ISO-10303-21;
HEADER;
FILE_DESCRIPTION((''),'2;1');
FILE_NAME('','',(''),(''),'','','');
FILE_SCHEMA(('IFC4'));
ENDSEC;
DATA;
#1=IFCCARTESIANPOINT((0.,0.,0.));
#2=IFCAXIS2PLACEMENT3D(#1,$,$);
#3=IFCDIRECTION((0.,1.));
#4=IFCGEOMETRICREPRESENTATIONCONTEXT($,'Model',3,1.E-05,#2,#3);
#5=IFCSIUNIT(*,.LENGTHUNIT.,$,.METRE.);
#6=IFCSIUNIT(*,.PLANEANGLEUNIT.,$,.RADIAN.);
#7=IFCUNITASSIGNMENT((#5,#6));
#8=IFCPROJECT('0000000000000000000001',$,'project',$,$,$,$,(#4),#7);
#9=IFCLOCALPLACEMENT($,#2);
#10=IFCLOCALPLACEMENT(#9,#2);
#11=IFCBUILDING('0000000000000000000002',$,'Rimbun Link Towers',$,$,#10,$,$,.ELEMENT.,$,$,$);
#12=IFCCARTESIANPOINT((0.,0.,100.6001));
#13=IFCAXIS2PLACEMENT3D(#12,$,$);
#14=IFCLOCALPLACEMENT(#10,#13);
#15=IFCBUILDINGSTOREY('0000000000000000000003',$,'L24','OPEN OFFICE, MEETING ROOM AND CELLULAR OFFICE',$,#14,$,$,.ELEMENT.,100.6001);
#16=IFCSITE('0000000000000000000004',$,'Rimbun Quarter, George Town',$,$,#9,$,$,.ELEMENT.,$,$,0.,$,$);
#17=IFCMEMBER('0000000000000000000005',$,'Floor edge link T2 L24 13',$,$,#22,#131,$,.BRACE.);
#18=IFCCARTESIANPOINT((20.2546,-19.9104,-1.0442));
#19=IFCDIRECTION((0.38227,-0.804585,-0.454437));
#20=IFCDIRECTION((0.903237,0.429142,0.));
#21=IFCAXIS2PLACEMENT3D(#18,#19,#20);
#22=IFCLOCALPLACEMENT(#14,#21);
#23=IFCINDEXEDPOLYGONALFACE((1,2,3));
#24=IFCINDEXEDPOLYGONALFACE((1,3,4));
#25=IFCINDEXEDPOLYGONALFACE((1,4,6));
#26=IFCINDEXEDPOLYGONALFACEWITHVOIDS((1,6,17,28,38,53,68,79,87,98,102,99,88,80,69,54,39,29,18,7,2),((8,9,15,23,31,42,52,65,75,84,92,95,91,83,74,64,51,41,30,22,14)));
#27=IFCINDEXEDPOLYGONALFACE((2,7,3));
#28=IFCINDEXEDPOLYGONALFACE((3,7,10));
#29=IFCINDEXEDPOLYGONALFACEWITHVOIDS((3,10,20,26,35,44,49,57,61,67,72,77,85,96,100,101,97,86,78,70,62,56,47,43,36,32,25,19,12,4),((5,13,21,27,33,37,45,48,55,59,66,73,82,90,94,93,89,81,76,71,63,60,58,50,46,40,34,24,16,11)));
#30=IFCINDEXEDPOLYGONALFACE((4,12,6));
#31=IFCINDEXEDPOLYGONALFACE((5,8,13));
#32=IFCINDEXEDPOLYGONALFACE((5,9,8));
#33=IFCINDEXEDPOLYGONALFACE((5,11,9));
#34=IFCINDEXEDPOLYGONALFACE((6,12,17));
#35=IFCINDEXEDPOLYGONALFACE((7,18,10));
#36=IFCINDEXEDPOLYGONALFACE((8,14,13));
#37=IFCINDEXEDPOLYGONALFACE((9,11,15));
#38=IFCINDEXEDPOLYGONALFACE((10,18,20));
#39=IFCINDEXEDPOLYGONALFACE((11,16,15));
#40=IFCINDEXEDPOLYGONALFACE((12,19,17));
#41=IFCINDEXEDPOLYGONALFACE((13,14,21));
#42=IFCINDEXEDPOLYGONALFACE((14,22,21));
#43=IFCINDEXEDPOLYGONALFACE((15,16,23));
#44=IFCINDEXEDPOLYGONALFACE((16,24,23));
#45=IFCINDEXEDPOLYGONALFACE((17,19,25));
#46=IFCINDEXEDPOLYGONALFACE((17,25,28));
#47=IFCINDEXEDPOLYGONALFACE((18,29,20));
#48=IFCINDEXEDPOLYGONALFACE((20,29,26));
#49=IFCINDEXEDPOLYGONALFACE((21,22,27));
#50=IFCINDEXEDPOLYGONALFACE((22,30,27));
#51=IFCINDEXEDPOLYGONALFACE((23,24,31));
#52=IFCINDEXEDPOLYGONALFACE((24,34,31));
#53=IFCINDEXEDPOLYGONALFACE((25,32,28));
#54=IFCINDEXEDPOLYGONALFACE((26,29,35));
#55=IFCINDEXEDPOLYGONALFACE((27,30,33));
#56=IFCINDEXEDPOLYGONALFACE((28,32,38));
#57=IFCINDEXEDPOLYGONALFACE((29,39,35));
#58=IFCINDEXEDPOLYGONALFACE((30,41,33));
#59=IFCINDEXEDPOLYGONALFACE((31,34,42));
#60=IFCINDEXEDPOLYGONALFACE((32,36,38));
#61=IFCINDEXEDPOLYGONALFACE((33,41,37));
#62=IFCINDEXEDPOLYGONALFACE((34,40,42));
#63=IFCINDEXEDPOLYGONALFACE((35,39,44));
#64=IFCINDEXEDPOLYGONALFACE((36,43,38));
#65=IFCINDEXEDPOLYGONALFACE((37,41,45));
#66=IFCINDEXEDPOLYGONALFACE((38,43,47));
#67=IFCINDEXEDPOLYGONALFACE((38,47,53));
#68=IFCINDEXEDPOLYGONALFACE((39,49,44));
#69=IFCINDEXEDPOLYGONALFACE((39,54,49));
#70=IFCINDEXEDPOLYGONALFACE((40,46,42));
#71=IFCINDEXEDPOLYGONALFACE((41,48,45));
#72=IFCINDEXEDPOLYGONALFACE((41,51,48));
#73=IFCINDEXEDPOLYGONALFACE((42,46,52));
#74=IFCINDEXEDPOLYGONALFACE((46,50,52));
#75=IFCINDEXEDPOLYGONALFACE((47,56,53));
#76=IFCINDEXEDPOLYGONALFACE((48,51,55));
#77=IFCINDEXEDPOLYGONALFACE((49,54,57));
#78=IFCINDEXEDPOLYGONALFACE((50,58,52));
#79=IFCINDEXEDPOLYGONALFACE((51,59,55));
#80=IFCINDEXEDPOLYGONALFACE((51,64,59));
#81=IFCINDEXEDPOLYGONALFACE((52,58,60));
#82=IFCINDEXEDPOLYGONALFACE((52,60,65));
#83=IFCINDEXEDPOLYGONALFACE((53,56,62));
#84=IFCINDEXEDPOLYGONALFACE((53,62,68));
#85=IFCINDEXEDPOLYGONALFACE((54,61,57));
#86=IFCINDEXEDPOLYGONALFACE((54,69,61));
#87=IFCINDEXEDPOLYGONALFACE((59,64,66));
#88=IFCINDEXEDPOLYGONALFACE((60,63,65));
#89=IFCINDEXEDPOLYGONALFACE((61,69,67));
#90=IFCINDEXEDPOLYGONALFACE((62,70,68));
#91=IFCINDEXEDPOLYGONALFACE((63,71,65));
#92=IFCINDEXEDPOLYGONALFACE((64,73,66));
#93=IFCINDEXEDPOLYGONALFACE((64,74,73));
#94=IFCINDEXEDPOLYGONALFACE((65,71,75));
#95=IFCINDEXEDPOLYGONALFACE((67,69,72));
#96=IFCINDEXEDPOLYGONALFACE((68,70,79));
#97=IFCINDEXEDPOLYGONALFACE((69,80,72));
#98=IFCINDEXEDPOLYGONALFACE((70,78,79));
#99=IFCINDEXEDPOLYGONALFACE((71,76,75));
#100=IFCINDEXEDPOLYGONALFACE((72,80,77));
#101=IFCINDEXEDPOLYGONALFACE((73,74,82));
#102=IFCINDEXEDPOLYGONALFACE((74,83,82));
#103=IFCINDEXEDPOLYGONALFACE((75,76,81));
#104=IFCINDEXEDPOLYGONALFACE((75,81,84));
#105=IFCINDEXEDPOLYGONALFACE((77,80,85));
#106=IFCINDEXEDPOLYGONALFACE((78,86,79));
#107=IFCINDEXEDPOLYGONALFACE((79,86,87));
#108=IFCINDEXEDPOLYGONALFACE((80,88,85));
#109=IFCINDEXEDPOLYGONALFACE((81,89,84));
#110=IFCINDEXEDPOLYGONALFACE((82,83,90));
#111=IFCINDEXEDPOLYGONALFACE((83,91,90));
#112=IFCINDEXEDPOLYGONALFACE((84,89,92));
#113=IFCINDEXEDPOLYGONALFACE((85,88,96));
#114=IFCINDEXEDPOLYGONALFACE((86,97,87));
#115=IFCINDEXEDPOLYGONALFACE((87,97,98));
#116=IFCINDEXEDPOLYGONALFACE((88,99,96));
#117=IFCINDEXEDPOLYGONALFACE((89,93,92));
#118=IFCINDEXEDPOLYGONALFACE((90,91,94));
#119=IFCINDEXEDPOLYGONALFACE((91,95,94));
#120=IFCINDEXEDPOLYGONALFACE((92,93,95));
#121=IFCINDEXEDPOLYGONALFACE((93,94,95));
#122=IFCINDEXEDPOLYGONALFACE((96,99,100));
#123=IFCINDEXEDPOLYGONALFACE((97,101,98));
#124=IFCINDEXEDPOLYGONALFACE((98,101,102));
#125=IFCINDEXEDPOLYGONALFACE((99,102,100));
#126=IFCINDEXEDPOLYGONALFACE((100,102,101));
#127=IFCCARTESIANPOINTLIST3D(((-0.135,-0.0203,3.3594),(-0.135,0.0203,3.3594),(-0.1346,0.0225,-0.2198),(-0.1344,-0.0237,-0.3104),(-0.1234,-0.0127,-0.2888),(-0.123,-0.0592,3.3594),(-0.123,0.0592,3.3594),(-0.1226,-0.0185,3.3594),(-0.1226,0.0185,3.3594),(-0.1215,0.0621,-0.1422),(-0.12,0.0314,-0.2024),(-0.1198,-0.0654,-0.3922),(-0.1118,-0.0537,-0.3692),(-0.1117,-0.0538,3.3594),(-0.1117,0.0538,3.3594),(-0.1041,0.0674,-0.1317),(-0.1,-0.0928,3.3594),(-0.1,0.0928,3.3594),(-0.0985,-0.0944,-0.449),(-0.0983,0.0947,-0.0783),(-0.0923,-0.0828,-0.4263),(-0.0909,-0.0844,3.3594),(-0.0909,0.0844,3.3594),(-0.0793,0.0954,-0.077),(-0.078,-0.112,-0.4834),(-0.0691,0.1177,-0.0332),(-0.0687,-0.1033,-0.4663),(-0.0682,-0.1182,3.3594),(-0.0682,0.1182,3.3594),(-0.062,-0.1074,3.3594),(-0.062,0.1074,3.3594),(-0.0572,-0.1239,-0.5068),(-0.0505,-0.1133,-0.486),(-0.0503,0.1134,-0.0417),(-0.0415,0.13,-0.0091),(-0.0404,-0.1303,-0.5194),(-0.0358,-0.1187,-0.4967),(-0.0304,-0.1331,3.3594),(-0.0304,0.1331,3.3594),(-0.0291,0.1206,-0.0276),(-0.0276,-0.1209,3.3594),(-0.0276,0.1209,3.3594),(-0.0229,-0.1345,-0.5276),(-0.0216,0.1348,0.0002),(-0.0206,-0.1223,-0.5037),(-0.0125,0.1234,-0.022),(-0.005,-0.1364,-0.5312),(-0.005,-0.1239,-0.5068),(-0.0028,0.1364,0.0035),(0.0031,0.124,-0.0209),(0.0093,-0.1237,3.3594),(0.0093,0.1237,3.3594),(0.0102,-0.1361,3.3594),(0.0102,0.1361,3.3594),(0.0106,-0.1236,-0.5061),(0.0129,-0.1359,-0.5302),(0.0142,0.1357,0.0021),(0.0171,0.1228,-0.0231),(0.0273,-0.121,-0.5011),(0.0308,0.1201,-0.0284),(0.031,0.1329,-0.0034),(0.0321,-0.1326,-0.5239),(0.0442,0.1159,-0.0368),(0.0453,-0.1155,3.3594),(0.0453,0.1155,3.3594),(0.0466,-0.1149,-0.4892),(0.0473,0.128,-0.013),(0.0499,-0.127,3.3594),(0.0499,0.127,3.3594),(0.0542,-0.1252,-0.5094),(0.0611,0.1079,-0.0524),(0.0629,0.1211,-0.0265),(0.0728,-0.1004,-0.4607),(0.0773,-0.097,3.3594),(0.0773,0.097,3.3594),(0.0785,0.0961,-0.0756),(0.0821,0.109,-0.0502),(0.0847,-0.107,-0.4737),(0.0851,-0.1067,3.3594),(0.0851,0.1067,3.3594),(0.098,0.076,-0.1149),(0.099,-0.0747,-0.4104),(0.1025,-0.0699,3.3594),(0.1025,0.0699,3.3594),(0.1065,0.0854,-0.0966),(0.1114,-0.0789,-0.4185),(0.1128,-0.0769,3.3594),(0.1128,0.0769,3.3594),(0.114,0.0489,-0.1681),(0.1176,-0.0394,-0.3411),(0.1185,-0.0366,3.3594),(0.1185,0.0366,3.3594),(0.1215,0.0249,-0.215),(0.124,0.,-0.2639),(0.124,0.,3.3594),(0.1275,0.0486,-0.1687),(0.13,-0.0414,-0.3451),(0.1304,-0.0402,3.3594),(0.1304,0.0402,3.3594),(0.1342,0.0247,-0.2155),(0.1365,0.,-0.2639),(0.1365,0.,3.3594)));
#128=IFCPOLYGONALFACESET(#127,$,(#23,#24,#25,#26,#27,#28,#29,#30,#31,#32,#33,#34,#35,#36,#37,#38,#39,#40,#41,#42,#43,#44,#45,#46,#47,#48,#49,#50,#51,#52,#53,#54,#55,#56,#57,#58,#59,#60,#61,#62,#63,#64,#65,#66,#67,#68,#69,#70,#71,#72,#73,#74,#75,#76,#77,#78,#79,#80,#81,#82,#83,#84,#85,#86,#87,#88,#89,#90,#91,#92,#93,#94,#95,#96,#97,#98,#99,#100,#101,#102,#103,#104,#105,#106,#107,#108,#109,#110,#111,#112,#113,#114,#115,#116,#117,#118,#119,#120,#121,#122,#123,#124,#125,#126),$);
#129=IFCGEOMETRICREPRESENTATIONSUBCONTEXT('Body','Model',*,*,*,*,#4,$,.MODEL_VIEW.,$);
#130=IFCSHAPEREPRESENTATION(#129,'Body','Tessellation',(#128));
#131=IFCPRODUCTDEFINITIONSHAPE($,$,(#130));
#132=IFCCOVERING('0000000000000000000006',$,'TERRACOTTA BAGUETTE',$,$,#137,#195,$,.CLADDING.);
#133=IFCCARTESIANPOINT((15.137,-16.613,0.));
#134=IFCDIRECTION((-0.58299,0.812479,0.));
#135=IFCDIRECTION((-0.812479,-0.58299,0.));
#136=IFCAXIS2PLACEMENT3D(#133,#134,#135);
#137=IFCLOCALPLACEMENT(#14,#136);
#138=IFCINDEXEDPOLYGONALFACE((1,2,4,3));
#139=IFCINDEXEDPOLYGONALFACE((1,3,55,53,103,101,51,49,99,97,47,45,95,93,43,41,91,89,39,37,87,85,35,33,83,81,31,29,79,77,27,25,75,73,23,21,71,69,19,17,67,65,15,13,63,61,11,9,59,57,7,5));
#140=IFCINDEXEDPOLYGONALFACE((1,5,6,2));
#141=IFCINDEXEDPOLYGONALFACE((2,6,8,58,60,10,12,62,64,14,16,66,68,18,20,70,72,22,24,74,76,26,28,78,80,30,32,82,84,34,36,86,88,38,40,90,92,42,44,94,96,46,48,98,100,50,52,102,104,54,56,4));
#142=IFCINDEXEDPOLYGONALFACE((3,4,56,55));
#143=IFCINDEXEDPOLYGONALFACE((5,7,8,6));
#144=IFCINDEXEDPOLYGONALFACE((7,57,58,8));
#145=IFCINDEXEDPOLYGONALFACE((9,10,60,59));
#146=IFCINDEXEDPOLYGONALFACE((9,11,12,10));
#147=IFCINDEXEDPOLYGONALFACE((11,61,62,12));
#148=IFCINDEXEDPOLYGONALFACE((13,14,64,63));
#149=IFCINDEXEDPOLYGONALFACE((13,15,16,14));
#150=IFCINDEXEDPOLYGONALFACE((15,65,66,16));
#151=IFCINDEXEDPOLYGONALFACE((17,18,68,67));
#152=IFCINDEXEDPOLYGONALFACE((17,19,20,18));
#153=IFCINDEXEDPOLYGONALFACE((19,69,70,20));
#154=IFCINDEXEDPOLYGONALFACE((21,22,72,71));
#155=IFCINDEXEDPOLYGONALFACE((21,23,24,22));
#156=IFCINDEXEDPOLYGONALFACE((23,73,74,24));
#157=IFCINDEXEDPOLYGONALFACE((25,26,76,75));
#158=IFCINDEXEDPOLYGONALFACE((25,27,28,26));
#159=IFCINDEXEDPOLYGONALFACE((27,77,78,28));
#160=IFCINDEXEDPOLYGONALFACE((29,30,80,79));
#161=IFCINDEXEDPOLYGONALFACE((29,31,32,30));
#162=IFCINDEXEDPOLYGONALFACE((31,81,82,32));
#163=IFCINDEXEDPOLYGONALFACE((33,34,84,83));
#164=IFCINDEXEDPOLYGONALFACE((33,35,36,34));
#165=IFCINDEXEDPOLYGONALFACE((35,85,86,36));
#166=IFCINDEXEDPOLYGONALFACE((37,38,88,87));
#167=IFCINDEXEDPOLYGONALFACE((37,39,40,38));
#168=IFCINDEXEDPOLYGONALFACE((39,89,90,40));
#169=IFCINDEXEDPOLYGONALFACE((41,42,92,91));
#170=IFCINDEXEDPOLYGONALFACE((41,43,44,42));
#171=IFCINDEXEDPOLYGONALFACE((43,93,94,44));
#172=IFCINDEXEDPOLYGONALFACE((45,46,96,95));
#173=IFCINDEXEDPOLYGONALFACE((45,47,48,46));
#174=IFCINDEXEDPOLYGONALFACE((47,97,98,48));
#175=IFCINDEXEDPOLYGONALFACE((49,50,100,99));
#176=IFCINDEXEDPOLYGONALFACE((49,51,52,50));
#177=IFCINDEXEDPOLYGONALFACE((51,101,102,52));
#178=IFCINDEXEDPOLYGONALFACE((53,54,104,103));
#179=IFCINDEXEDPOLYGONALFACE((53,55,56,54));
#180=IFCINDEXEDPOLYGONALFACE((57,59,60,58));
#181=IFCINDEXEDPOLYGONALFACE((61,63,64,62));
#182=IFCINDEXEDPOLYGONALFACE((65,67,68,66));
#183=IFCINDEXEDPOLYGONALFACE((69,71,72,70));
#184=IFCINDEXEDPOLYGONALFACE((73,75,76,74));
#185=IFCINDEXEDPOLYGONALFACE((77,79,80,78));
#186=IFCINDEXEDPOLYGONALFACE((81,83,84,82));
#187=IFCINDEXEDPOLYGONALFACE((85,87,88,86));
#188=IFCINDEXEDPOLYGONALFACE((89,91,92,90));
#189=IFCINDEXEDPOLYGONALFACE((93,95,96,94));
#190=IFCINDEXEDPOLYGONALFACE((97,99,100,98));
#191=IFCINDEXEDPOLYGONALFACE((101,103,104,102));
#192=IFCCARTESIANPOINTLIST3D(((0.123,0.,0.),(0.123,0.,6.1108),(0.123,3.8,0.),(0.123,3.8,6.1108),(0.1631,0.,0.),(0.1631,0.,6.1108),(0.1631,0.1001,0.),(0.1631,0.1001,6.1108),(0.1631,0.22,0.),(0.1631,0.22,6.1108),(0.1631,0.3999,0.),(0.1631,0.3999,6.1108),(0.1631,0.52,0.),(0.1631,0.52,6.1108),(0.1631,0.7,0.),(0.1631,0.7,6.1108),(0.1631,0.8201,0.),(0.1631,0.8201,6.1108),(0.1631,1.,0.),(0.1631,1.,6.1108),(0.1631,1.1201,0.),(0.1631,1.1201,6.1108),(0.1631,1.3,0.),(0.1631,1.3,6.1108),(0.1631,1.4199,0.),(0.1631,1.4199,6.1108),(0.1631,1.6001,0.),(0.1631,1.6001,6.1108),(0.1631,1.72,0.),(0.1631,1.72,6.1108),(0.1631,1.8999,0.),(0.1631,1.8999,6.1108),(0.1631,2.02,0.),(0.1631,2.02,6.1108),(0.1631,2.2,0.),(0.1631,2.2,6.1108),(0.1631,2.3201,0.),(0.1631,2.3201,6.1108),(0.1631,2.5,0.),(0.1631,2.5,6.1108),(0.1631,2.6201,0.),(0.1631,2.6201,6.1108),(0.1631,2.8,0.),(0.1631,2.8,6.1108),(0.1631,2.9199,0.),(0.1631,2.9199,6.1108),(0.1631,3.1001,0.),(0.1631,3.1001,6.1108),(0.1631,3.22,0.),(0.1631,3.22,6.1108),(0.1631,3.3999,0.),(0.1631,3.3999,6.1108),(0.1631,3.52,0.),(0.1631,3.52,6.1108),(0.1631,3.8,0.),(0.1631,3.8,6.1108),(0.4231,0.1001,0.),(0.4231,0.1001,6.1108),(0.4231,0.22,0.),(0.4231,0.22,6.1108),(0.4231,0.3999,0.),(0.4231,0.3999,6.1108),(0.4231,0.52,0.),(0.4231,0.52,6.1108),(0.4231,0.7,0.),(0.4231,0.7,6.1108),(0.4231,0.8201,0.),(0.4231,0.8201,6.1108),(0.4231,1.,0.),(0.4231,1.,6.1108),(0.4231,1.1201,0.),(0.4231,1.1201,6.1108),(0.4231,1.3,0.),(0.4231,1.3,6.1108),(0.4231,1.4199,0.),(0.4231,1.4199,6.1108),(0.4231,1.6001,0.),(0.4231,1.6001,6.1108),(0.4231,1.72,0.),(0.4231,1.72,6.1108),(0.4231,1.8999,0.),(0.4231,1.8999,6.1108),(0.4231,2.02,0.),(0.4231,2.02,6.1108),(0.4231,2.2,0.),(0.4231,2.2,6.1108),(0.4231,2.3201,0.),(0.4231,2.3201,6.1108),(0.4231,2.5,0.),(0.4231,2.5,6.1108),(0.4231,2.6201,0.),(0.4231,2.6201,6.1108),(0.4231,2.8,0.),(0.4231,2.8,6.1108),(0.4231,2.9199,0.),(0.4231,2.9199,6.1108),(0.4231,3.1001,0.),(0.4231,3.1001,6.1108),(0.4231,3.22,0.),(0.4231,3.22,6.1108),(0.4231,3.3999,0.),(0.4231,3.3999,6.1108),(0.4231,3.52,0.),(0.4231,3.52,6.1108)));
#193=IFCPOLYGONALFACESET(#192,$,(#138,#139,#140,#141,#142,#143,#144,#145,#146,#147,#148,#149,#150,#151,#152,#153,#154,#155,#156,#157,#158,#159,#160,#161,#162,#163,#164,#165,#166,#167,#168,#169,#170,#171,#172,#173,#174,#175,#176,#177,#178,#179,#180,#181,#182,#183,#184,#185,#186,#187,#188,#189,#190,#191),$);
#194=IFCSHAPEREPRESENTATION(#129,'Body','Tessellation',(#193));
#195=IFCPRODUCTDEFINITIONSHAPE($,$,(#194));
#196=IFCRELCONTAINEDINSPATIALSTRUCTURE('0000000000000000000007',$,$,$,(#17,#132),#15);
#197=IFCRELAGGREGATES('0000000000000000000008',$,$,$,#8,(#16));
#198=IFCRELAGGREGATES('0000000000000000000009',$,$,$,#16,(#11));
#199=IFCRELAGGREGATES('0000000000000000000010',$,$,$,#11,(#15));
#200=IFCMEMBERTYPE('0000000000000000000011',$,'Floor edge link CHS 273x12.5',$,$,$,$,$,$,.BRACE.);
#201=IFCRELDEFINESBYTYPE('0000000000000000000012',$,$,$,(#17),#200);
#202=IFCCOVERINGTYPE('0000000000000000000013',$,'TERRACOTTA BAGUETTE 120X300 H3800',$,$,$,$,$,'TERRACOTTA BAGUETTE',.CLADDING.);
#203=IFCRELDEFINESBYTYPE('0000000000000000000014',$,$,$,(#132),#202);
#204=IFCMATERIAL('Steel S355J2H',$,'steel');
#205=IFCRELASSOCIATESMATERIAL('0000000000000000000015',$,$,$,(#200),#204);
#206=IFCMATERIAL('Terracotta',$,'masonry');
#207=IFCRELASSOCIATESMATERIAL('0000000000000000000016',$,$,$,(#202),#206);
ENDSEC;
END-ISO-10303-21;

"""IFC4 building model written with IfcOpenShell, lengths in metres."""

from ifc_helpers import new_model, si_unit, direction, frame, origin, origin_2d, place, context, subcontext, project, spatial, polyline, hollow_circle, outline, extrude, clip, halfspace, material, material_profile, profile_set, type_object, element, save


model = new_model("IFC4")

# Units and contexts
model_context = context("Model", 3, precision=1e-05, world=origin(), true_north=direction((0.0, 1.0)))
body_context = subcontext(model_context, "Body", "Model", "MODEL_VIEW")
ifc_project = project(units=[si_unit("LENGTHUNIT", "METRE"), si_unit("PLANEANGLEUNIT", "RADIAN")], contexts=[model_context])

# Site, building, storey
site_placement = place(None, origin())
site = spatial("IfcSite", under=ifc_project, at=site_placement, Name="Rimbun Quarter, George Town", CompositionType="ELEMENT", RefElevation=0.0)
building_placement = place(site_placement, origin())
building = spatial("IfcBuilding", under=site, at=building_placement, Name="Rimbun Link Towers", CompositionType="ELEMENT")
storey_placement = place(building_placement, frame((0.0, 0.0, 100.6001)))
storey = spatial("IfcBuildingStorey", under=building, at=storey_placement, Name="L24", Description="OPEN OFFICE, MEETING ROOM AND CELLULAR OFFICE", CompositionType="ELEMENT", Elevation=100.6001)

# Member
ifc_material_1 = material(Name="Steel S355J2H", Category="steel")
ifc_material_profile_1 = material_profile(ifc_material_1, hollow_circle(Radius=0.1365, WallThickness=0.0125, at=origin_2d()), Name="CHS 273x12.5")
ifc_profile_set_1 = profile_set([ifc_material_profile_1], Name="Steel S355J2H")
member_type_1 = type_object("IfcMemberType", Name="Floor edge link CHS 273x12.5", PredefinedType="BRACE", material=ifc_profile_set_1)
member_1_placement = place(storey_placement, frame((20.2546, -19.9104, -1.0442), z_axis=(0.38227, -0.804585, -0.454437), x_axis=(0.903237, 0.429142, 0.0)))
element("IfcMember", 1, at=member_1_placement, inside=storey, type_object=member_type_1, Name="Floor edge link T2 L24 13", PredefinedType="BRACE", context=body_context, shape_type="Clipping", body=[
    clip(extrude(hollow_circle(Radius=0.1365, WallThickness=0.0125, at=origin_2d()), frame((0.0, 0.0, -0.5571)), (0.0, 0.0, 1.0), 3.9165), halfspace(frame((0.0, 0.0, -0.2639), z_axis=(0.0, 0.890779, -0.454437)), False)),
])

# Covering
ifc_material_2 = material(Name="Terracotta", Category="masonry")
ifc_material_profile_2 = material_profile(ifc_material_2, outline(polyline([(0.123, 0.0), (0.1631, 0.0), (0.1631, 0.1001), (0.4231, 0.1001), (0.4231, 0.22), (0.1631, 0.22), (0.1631, 0.3999), (0.4231, 0.3999), (0.4231, 0.52), (0.1631, 0.52), (0.1631, 0.7), (0.4231, 0.7), (0.4231, 0.8201), (0.1631, 0.8201), (0.1631, 1.0), (0.4231, 1.0), (0.4231, 1.1201), (0.1631, 1.1201), (0.1631, 1.3), (0.4231, 1.3), (0.4231, 1.4199), (0.1631, 1.4199), (0.1631, 1.6001), (0.4231, 1.6001), (0.4231, 1.72), (0.1631, 1.72), (0.1631, 1.8999), (0.4231, 1.8999), (0.4231, 2.02), (0.1631, 2.02), (0.1631, 2.2), (0.4231, 2.2), (0.4231, 2.3201), (0.1631, 2.3201), (0.1631, 2.5), (0.4231, 2.5), (0.4231, 2.6201), (0.1631, 2.6201), (0.1631, 2.8), (0.4231, 2.8), (0.4231, 2.9199), (0.1631, 2.9199), (0.1631, 3.1001), (0.4231, 3.1001), (0.4231, 3.22), (0.1631, 3.22), (0.1631, 3.3999), (0.4231, 3.3999), (0.4231, 3.52), (0.1631, 3.52), (0.1631, 3.8), (0.123, 3.8), (0.123, 0.0)])), Name="BAGUETTE 120X300")
ifc_profile_set_2 = profile_set([ifc_material_profile_2], Name="Terracotta")
covering_type = type_object("IfcCoveringType", Name="TERRACOTTA BAGUETTE 120X300 H3800", ElementType="TERRACOTTA BAGUETTE", PredefinedType="CLADDING", material=ifc_profile_set_2)
for number, where, z_axis, x_axis, name in (
    (2, (15.137, -16.613, 0.0), (-0.58299, 0.812479, 0.0), (-0.812479, -0.58299, 0.0), "TERRACOTTA BAGUETTE"),
):
    element("IfcCovering", number, at=place(storey_placement, frame(where, z_axis=z_axis, x_axis=x_axis)), inside=storey, type_object=covering_type, Name=name, PredefinedType="CLADDING", context=body_context, shape_type="SweptSolid", body=[
        extrude(outline(polyline([(0.123, 0.0), (0.1631, 0.0), (0.1631, 0.1001), (0.4231, 0.1001), (0.4231, 0.22), (0.1631, 0.22), (0.1631, 0.3999), (0.4231, 0.3999), (0.4231, 0.52), (0.1631, 0.52), (0.1631, 0.7), (0.4231, 0.7), (0.4231, 0.8201), (0.1631, 0.8201), (0.1631, 1.0), (0.4231, 1.0), (0.4231, 1.1201), (0.1631, 1.1201), (0.1631, 1.3), (0.4231, 1.3), (0.4231, 1.4199), (0.1631, 1.4199), (0.1631, 1.6001), (0.4231, 1.6001), (0.4231, 1.72), (0.1631, 1.72), (0.1631, 1.8999), (0.4231, 1.8999), (0.4231, 2.02), (0.1631, 2.02), (0.1631, 2.2), (0.4231, 2.2), (0.4231, 2.3201), (0.1631, 2.3201), (0.1631, 2.5), (0.4231, 2.5), (0.4231, 2.6201), (0.1631, 2.6201), (0.1631, 2.8), (0.4231, 2.8), (0.4231, 2.9199), (0.1631, 2.9199), (0.1631, 3.1001), (0.4231, 3.1001), (0.4231, 3.22), (0.1631, 3.22), (0.1631, 3.3999), (0.4231, 3.3999), (0.4231, 3.52), (0.1631, 3.52), (0.1631, 3.8), (0.123, 3.8), (0.123, 0.0)])), origin(), (0.0, 0.0, 1.0), 6.1108),
    ])

save(model, "model.ifc")
